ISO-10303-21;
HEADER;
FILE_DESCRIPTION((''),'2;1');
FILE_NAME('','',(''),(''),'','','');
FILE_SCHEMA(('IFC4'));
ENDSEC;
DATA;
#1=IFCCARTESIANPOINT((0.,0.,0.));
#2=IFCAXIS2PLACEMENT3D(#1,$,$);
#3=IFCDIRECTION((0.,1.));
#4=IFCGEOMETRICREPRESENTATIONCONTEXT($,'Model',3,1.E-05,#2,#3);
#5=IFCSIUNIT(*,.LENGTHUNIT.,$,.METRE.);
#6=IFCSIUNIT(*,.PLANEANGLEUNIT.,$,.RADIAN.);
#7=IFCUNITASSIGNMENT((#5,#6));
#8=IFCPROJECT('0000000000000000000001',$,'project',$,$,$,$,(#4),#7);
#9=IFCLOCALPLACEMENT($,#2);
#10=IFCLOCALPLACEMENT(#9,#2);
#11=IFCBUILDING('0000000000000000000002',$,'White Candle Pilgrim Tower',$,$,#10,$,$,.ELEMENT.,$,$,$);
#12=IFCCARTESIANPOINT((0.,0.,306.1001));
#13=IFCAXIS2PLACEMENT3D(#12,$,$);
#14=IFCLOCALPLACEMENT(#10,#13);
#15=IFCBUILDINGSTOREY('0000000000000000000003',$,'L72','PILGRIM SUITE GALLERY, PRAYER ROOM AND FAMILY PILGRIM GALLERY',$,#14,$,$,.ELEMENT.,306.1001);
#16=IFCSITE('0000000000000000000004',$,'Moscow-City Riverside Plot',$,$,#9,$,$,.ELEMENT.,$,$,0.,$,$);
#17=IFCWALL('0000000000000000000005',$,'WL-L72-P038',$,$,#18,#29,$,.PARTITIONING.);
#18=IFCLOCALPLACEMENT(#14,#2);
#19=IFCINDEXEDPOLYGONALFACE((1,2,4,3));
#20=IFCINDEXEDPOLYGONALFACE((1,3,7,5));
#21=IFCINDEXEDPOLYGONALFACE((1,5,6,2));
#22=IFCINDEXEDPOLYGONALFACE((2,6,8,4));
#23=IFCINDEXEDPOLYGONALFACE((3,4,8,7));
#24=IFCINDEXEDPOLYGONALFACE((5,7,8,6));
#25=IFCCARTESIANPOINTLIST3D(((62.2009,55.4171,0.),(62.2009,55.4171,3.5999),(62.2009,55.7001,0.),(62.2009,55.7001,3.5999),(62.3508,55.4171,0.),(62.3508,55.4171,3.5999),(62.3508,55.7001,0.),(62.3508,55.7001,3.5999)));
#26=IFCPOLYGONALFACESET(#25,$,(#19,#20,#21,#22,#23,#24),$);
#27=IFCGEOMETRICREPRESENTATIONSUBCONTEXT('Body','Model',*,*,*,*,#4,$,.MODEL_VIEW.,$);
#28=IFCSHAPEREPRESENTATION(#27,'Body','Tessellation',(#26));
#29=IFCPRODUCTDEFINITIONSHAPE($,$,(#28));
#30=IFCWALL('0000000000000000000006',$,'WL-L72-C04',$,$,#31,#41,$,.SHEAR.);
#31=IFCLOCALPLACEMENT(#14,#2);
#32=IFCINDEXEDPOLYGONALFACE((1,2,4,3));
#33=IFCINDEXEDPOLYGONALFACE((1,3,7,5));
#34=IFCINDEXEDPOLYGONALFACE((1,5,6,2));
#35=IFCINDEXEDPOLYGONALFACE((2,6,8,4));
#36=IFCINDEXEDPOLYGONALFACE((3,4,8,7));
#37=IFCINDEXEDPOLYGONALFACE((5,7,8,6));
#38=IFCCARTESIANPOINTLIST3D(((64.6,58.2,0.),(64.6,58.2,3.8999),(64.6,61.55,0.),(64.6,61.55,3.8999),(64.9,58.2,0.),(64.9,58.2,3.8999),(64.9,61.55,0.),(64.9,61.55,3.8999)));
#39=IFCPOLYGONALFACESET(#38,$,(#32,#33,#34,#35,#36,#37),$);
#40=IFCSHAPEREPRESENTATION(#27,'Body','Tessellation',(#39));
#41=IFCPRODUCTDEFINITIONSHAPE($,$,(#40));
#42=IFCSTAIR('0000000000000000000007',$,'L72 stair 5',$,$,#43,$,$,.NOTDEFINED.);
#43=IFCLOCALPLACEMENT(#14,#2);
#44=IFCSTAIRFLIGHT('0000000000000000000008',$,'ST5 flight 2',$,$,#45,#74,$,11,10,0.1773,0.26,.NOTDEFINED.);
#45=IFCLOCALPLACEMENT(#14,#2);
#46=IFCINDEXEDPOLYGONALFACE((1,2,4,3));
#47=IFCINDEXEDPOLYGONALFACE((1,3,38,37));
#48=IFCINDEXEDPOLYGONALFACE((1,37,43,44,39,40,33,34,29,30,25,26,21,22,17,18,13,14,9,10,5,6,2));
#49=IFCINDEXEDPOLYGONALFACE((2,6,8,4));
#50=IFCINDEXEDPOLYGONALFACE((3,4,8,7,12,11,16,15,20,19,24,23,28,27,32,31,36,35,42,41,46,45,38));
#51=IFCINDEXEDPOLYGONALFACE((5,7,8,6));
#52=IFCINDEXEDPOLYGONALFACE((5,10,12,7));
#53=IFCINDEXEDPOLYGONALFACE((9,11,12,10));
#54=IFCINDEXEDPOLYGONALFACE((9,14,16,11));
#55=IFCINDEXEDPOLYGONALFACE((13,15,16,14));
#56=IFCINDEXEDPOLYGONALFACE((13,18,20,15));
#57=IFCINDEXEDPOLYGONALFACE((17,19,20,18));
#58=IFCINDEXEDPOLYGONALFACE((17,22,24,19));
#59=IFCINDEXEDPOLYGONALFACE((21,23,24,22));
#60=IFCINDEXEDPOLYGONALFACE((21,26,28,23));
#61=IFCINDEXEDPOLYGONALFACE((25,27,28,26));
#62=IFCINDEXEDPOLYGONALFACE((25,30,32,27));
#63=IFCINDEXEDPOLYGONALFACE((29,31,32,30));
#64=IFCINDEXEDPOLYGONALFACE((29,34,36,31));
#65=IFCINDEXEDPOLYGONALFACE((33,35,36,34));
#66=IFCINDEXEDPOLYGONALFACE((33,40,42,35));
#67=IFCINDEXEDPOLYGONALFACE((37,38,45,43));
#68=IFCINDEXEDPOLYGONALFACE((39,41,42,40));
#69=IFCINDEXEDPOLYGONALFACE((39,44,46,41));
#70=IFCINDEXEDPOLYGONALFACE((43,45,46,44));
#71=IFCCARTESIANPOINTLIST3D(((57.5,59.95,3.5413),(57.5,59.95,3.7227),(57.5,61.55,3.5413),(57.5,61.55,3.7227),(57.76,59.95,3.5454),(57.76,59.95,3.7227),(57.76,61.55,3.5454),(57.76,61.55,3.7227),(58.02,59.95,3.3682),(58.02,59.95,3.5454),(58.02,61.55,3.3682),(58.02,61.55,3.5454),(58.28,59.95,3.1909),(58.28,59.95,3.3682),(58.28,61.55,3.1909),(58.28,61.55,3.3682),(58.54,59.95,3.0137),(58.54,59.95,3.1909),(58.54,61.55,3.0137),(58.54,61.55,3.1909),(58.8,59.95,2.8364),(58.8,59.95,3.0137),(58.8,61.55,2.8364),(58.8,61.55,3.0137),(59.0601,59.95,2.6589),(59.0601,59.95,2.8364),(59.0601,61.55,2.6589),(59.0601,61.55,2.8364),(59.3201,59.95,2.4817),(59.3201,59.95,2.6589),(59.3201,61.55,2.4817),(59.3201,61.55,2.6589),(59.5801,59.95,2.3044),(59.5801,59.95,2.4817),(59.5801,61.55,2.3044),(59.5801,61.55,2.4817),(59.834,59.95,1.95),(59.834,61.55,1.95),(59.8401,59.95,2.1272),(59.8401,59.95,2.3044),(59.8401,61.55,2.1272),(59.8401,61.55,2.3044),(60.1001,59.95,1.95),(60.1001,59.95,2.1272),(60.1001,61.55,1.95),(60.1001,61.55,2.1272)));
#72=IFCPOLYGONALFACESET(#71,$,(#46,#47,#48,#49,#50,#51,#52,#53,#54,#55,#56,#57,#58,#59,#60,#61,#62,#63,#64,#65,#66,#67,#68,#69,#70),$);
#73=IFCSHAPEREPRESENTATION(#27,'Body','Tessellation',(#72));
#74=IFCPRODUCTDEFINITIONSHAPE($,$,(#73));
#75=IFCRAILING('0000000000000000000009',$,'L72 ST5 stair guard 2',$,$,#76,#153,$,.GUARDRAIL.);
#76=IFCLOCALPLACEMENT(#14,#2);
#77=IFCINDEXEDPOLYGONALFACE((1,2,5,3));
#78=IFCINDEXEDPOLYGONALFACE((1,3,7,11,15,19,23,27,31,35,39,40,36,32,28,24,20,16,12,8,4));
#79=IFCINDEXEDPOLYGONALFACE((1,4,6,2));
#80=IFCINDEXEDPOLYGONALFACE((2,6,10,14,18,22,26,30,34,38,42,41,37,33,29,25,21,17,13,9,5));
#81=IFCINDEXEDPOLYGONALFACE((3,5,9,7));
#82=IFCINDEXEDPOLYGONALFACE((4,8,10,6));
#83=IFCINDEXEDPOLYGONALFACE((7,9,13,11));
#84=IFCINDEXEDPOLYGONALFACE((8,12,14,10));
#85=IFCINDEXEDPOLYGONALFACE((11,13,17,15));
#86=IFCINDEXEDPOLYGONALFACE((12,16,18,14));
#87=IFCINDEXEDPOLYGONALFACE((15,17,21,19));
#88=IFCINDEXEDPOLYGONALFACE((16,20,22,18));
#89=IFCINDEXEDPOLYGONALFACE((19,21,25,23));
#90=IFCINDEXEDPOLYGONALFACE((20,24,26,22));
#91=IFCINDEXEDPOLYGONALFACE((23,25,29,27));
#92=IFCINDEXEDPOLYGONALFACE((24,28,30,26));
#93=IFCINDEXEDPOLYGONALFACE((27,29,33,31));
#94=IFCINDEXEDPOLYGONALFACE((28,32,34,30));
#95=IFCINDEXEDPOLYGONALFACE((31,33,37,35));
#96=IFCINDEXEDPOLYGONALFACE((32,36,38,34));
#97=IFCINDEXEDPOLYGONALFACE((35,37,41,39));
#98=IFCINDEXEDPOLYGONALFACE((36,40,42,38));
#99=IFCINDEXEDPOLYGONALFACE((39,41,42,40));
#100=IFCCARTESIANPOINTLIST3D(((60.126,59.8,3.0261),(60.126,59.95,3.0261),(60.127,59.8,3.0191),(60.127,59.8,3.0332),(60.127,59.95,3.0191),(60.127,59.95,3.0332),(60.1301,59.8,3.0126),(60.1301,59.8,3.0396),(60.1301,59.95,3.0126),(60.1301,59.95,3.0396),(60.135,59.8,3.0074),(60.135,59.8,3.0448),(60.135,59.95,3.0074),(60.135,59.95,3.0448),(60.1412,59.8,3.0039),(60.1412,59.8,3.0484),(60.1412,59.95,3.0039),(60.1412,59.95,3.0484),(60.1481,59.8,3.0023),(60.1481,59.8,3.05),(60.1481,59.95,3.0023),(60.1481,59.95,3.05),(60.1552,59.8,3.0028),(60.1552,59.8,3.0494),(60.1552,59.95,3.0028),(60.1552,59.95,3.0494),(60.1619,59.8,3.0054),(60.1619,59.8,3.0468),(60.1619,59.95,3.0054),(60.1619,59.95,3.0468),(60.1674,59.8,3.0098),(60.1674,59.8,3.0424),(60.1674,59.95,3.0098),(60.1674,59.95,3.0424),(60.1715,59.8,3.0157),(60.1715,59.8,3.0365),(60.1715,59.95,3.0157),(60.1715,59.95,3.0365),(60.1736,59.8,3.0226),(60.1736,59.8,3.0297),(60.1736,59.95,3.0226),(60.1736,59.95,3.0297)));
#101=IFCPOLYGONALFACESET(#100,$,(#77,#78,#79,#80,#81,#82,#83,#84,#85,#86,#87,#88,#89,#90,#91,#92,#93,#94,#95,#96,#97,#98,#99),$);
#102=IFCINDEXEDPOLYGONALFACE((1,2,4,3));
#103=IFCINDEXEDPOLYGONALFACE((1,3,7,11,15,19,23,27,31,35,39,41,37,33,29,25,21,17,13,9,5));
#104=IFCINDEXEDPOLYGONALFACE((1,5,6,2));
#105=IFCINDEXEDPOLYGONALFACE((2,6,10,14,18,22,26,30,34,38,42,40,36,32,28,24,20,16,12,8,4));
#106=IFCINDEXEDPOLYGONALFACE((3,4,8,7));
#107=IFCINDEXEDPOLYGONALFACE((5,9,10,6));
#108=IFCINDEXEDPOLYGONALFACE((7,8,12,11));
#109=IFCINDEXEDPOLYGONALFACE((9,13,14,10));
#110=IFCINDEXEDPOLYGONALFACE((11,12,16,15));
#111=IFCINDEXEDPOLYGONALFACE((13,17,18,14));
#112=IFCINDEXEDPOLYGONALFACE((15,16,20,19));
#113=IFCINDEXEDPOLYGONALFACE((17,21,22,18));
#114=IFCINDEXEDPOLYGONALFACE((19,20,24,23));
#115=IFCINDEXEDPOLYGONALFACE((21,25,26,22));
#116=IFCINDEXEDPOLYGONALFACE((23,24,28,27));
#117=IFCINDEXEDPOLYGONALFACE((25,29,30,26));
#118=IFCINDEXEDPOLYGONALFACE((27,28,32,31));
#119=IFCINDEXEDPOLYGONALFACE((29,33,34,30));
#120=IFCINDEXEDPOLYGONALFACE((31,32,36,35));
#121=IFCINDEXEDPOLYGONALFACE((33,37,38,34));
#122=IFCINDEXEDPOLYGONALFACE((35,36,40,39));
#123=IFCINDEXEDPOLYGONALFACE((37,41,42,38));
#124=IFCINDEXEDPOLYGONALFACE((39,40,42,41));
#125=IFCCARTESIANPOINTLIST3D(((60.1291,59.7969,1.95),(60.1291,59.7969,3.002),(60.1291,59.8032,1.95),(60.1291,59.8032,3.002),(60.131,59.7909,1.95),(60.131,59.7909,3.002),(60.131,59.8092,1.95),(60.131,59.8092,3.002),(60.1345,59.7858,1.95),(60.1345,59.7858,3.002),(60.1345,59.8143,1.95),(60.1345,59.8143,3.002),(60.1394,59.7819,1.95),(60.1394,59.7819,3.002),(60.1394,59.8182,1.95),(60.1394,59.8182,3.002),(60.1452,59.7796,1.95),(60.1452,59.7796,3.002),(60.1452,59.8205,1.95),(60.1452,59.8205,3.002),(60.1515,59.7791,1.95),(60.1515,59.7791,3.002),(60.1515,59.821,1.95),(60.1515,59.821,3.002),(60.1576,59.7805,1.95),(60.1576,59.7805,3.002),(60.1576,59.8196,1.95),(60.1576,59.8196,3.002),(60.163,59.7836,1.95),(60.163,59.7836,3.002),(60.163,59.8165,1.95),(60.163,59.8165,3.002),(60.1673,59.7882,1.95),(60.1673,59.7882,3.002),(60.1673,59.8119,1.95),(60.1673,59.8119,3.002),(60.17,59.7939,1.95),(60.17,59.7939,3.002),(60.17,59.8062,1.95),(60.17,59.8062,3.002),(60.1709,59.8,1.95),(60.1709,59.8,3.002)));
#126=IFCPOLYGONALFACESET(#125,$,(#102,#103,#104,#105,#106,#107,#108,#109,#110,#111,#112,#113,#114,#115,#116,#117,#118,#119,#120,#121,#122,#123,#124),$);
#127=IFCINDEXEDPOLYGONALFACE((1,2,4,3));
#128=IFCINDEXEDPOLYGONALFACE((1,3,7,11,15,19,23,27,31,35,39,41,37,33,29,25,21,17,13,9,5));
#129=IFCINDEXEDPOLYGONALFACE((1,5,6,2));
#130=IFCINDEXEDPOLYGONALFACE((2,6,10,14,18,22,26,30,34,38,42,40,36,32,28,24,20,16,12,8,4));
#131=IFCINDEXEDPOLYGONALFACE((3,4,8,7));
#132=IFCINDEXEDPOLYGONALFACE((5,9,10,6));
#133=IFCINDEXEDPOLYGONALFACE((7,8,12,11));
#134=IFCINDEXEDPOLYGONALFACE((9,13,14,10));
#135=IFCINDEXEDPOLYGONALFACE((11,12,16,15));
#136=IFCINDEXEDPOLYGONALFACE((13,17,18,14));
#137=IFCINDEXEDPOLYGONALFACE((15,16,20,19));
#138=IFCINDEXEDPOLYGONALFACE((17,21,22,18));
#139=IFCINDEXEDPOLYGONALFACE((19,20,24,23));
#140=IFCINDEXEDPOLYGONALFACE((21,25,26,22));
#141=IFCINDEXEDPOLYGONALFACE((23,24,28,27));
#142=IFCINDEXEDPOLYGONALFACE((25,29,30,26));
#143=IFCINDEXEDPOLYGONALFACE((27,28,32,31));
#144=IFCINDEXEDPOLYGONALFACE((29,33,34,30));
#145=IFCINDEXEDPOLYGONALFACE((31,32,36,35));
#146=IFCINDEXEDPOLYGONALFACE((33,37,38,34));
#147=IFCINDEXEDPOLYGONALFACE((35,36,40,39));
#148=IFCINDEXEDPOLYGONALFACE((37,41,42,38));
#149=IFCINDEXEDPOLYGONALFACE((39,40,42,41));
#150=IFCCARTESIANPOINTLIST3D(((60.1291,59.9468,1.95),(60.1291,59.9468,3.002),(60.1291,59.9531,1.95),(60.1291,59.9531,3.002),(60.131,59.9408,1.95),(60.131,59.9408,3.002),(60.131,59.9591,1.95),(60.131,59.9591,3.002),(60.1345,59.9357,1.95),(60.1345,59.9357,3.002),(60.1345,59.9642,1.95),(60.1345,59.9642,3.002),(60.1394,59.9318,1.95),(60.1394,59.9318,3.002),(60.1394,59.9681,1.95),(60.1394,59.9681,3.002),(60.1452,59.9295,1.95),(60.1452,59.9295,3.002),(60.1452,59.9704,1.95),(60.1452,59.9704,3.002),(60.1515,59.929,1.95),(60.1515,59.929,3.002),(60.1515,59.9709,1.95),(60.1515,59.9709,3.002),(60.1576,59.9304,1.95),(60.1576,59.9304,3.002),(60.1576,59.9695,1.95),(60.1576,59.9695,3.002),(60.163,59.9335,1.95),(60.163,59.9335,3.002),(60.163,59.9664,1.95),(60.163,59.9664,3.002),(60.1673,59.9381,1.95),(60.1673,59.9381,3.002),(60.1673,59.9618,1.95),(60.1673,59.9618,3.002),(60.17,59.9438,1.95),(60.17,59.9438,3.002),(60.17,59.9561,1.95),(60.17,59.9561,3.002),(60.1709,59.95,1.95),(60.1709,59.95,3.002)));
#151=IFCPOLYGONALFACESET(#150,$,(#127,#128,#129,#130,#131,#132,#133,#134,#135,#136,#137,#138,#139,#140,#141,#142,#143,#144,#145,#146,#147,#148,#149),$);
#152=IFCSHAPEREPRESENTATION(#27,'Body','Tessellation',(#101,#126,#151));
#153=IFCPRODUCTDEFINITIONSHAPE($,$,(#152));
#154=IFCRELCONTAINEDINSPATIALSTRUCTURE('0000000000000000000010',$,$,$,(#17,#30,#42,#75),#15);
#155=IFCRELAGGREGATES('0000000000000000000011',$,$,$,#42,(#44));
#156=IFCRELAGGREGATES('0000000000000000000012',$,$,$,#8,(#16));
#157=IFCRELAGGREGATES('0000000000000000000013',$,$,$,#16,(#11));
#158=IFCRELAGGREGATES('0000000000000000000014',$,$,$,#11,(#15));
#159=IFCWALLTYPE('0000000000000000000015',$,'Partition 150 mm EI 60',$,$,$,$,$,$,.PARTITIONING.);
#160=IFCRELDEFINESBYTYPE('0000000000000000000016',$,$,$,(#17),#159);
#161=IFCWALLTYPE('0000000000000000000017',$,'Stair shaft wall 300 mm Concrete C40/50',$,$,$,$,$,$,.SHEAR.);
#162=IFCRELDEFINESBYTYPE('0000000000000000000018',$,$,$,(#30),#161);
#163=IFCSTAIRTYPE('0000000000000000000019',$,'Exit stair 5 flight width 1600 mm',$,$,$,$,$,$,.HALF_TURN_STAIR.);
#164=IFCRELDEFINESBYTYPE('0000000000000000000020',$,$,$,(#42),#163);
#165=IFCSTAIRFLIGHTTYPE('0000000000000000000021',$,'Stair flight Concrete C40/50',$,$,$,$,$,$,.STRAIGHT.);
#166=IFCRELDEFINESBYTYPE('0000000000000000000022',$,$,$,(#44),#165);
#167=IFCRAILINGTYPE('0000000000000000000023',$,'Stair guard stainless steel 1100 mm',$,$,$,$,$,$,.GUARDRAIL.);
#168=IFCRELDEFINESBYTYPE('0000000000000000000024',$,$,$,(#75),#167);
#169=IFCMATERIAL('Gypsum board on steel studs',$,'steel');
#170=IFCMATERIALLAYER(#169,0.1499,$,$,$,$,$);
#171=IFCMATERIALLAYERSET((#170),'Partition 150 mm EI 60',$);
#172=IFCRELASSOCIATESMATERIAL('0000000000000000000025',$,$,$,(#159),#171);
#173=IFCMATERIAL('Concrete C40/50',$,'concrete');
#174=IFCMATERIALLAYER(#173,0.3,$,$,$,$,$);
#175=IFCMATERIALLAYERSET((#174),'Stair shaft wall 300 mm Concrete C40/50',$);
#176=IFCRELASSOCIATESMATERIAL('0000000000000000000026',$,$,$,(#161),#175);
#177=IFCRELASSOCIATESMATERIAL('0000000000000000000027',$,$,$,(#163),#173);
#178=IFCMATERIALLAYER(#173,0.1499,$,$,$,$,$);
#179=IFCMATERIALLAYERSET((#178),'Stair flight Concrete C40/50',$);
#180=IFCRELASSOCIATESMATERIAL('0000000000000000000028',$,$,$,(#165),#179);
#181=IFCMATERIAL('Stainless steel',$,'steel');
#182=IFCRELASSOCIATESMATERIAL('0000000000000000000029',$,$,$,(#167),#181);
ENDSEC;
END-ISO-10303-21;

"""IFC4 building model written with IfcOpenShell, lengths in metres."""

from ifc_helpers import new_model, si_unit, direction, frame, frame_2d, origin, origin_2d, place, context, subcontext, project, spatial, polyline, rectangle, circle, outline, extrude, material, layer, layer_set, type_object, element, aggregate, save


model = new_model("IFC4")

# Units and contexts
model_context = context("Model", 3, precision=1e-05, world=origin(), true_north=direction((0.0, 1.0)))
body_context = subcontext(model_context, "Body", "Model", "MODEL_VIEW")
ifc_project = project(units=[si_unit("LENGTHUNIT", "METRE"), si_unit("PLANEANGLEUNIT", "RADIAN")], contexts=[model_context])

# Site, building, storey
site_placement = place(None, origin())
site = spatial("IfcSite", under=ifc_project, at=site_placement, Name="Moscow-City Riverside Plot", CompositionType="ELEMENT", RefElevation=0.0)
building_placement = place(site_placement, origin())
building = spatial("IfcBuilding", under=site, at=building_placement, Name="White Candle Pilgrim Tower", CompositionType="ELEMENT")
storey_placement = place(building_placement, frame((0.0, 0.0, 306.1001)))
storey = spatial("IfcBuildingStorey", under=building, at=storey_placement, Name="L72", Description="PILGRIM SUITE GALLERY, PRAYER ROOM AND FAMILY PILGRIM GALLERY", CompositionType="ELEMENT", Elevation=306.1001)

# Shared definitions
ifc_material_1 = material(Name="Gypsum board on steel studs", Category="steel")

# Walls
ifc_layer_1 = layer(ifc_material_1, 0.1499)
ifc_layer_set_1 = layer_set([ifc_layer_1], Name="Partition 150 mm EI 60")
wall_type_1 = type_object("IfcWallType", Name="Partition 150 mm EI 60", PredefinedType="PARTITIONING", material=ifc_layer_set_1)
wall_1_placement = place(storey_placement, frame((62.2759, 55.417, 0.0), z_axis=(0.0, 0.0, 1.0), x_axis=(0.0, 1.0, 0.0)))
element("IfcWall", 1, at=wall_1_placement, inside=storey, type_object=wall_type_1, Name="WL-L72-P038", PredefinedType="PARTITIONING", context=body_context, shape_type="SweptSolid", body=[
    extrude(rectangle(XDim=0.283, YDim=0.1499, at=frame_2d((0.1416, 0.0))), origin(), (0.0, 0.0, 1.0), 3.5999),
])
ifc_material_2 = material(Name="Concrete C40/50", Category="concrete")
ifc_layer_2 = layer(ifc_material_2, 0.3)
ifc_layer_set_2 = layer_set([ifc_layer_2], Name="Stair shaft wall 300 mm Concrete C40/50")
wall_type_2 = type_object("IfcWallType", Name="Stair shaft wall 300 mm Concrete C40/50", PredefinedType="SHEAR", material=ifc_layer_set_2)
wall_2_placement = place(storey_placement, frame((64.75, 58.2, 0.0), z_axis=(0.0, 0.0, 1.0), x_axis=(0.0, 1.0, 0.0)))
element("IfcWall", 2, at=wall_2_placement, inside=storey, type_object=wall_type_2, Name="WL-L72-C04", PredefinedType="SHEAR", context=body_context, shape_type="SweptSolid", body=[
    extrude(rectangle(XDim=3.3501, YDim=0.3, at=frame_2d((1.675, 0.0))), origin(), (0.0, 0.0, 1.0), 3.8999),
])

# Stair, stair flight
stair_type = type_object("IfcStairType", Name="Exit stair 5 flight width 1600 mm", PredefinedType="HALF_TURN_STAIR", material=ifc_material_2)
stair_placement = place(storey_placement, origin())
stair = element("IfcStair", 3, at=stair_placement, inside=storey, type_object=stair_type, Name="L72 stair 5", PredefinedType="NOTDEFINED")
ifc_layer_3 = layer(ifc_material_2, 0.1499)
ifc_layer_set_3 = layer_set([ifc_layer_3], Name="Stair flight Concrete C40/50")
stair_flight_type = type_object("IfcStairFlightType", Name="Stair flight Concrete C40/50", PredefinedType="STRAIGHT", material=ifc_layer_set_3)
stair_flight_placement = place(storey_placement, frame((60.1001, 60.75, 1.95), z_axis=(0.0, 0.0, 1.0), x_axis=(-1.0, 0.0, 0.0)))
stair_flight = element("IfcStairFlight", 4, at=stair_flight_placement, type_object=stair_flight_type, Name="ST5 flight 2", NumberOfRisers=11, NumberOfTreads=10, PredefinedType="NOTDEFINED", RiserHeight=0.1773, TreadLength=0.26, context=body_context, shape_type="SweptSolid", body=[
    extrude(outline(polyline([(0.0, 0.0), (0.0, 0.1772), (0.26, 0.1772), (0.26, 0.3545), (0.52, 0.3545), (0.52, 0.5317), (0.78, 0.5317), (0.78, 0.709), (1.04, 0.709), (1.04, 0.8865), (1.3, 0.8865), (1.3, 1.0637), (1.5601, 1.0637), (1.5601, 1.241), (1.8201, 1.241), (1.8201, 1.4182), (2.0801, 1.4182), (2.0801, 1.5955), (2.3401, 1.5955), (2.3401, 1.7727), (2.6001, 1.7727), (2.6001, 1.95), (2.6001, 1.5913), (0.2661, 0.0), (0.0, 0.0)])), frame((0.0, 0.8, 0.0), z_axis=(0.0, -1.0, 0.0), x_axis=(1.0, 0.0, 0.0)), (0.0, 0.0, 1.0), 1.6001),
])
aggregate(stair, [stair_flight])

# Railing
ifc_material_3 = material(Name="Stainless steel", Category="steel")
railing_type_1 = type_object("IfcRailingType", Name="Stair guard stainless steel 1100 mm", PredefinedType="GUARDRAIL", material=ifc_material_3)
railing_1_placement = place(storey_placement, frame((60.1499, 59.8, 1.95)))
element("IfcRailing", 5, at=railing_1_placement, inside=storey, type_object=railing_type_1, Name="L72 ST5 stair guard 2", PredefinedType="GUARDRAIL", context=body_context, shape_type="SweptSolid", body=[
    extrude(circle(Radius=0.0239, at=origin_2d()), frame((0.0, 0.0, 1.0762), z_axis=(0.0, 1.0, 0.0), x_axis=(-1.0, 0.0, 0.0)), (0.0, 0.0, 1.0), 0.1499),
    extrude(circle(Radius=0.021, at=origin_2d()), origin(), (0.0, 0.0, 1.0), 1.052),
    extrude(circle(Radius=0.021, at=origin_2d()), frame((0.0, 0.1499, 0.0)), (0.0, 0.0, 1.0), 1.052),
])

save(model, "model.ifc")
